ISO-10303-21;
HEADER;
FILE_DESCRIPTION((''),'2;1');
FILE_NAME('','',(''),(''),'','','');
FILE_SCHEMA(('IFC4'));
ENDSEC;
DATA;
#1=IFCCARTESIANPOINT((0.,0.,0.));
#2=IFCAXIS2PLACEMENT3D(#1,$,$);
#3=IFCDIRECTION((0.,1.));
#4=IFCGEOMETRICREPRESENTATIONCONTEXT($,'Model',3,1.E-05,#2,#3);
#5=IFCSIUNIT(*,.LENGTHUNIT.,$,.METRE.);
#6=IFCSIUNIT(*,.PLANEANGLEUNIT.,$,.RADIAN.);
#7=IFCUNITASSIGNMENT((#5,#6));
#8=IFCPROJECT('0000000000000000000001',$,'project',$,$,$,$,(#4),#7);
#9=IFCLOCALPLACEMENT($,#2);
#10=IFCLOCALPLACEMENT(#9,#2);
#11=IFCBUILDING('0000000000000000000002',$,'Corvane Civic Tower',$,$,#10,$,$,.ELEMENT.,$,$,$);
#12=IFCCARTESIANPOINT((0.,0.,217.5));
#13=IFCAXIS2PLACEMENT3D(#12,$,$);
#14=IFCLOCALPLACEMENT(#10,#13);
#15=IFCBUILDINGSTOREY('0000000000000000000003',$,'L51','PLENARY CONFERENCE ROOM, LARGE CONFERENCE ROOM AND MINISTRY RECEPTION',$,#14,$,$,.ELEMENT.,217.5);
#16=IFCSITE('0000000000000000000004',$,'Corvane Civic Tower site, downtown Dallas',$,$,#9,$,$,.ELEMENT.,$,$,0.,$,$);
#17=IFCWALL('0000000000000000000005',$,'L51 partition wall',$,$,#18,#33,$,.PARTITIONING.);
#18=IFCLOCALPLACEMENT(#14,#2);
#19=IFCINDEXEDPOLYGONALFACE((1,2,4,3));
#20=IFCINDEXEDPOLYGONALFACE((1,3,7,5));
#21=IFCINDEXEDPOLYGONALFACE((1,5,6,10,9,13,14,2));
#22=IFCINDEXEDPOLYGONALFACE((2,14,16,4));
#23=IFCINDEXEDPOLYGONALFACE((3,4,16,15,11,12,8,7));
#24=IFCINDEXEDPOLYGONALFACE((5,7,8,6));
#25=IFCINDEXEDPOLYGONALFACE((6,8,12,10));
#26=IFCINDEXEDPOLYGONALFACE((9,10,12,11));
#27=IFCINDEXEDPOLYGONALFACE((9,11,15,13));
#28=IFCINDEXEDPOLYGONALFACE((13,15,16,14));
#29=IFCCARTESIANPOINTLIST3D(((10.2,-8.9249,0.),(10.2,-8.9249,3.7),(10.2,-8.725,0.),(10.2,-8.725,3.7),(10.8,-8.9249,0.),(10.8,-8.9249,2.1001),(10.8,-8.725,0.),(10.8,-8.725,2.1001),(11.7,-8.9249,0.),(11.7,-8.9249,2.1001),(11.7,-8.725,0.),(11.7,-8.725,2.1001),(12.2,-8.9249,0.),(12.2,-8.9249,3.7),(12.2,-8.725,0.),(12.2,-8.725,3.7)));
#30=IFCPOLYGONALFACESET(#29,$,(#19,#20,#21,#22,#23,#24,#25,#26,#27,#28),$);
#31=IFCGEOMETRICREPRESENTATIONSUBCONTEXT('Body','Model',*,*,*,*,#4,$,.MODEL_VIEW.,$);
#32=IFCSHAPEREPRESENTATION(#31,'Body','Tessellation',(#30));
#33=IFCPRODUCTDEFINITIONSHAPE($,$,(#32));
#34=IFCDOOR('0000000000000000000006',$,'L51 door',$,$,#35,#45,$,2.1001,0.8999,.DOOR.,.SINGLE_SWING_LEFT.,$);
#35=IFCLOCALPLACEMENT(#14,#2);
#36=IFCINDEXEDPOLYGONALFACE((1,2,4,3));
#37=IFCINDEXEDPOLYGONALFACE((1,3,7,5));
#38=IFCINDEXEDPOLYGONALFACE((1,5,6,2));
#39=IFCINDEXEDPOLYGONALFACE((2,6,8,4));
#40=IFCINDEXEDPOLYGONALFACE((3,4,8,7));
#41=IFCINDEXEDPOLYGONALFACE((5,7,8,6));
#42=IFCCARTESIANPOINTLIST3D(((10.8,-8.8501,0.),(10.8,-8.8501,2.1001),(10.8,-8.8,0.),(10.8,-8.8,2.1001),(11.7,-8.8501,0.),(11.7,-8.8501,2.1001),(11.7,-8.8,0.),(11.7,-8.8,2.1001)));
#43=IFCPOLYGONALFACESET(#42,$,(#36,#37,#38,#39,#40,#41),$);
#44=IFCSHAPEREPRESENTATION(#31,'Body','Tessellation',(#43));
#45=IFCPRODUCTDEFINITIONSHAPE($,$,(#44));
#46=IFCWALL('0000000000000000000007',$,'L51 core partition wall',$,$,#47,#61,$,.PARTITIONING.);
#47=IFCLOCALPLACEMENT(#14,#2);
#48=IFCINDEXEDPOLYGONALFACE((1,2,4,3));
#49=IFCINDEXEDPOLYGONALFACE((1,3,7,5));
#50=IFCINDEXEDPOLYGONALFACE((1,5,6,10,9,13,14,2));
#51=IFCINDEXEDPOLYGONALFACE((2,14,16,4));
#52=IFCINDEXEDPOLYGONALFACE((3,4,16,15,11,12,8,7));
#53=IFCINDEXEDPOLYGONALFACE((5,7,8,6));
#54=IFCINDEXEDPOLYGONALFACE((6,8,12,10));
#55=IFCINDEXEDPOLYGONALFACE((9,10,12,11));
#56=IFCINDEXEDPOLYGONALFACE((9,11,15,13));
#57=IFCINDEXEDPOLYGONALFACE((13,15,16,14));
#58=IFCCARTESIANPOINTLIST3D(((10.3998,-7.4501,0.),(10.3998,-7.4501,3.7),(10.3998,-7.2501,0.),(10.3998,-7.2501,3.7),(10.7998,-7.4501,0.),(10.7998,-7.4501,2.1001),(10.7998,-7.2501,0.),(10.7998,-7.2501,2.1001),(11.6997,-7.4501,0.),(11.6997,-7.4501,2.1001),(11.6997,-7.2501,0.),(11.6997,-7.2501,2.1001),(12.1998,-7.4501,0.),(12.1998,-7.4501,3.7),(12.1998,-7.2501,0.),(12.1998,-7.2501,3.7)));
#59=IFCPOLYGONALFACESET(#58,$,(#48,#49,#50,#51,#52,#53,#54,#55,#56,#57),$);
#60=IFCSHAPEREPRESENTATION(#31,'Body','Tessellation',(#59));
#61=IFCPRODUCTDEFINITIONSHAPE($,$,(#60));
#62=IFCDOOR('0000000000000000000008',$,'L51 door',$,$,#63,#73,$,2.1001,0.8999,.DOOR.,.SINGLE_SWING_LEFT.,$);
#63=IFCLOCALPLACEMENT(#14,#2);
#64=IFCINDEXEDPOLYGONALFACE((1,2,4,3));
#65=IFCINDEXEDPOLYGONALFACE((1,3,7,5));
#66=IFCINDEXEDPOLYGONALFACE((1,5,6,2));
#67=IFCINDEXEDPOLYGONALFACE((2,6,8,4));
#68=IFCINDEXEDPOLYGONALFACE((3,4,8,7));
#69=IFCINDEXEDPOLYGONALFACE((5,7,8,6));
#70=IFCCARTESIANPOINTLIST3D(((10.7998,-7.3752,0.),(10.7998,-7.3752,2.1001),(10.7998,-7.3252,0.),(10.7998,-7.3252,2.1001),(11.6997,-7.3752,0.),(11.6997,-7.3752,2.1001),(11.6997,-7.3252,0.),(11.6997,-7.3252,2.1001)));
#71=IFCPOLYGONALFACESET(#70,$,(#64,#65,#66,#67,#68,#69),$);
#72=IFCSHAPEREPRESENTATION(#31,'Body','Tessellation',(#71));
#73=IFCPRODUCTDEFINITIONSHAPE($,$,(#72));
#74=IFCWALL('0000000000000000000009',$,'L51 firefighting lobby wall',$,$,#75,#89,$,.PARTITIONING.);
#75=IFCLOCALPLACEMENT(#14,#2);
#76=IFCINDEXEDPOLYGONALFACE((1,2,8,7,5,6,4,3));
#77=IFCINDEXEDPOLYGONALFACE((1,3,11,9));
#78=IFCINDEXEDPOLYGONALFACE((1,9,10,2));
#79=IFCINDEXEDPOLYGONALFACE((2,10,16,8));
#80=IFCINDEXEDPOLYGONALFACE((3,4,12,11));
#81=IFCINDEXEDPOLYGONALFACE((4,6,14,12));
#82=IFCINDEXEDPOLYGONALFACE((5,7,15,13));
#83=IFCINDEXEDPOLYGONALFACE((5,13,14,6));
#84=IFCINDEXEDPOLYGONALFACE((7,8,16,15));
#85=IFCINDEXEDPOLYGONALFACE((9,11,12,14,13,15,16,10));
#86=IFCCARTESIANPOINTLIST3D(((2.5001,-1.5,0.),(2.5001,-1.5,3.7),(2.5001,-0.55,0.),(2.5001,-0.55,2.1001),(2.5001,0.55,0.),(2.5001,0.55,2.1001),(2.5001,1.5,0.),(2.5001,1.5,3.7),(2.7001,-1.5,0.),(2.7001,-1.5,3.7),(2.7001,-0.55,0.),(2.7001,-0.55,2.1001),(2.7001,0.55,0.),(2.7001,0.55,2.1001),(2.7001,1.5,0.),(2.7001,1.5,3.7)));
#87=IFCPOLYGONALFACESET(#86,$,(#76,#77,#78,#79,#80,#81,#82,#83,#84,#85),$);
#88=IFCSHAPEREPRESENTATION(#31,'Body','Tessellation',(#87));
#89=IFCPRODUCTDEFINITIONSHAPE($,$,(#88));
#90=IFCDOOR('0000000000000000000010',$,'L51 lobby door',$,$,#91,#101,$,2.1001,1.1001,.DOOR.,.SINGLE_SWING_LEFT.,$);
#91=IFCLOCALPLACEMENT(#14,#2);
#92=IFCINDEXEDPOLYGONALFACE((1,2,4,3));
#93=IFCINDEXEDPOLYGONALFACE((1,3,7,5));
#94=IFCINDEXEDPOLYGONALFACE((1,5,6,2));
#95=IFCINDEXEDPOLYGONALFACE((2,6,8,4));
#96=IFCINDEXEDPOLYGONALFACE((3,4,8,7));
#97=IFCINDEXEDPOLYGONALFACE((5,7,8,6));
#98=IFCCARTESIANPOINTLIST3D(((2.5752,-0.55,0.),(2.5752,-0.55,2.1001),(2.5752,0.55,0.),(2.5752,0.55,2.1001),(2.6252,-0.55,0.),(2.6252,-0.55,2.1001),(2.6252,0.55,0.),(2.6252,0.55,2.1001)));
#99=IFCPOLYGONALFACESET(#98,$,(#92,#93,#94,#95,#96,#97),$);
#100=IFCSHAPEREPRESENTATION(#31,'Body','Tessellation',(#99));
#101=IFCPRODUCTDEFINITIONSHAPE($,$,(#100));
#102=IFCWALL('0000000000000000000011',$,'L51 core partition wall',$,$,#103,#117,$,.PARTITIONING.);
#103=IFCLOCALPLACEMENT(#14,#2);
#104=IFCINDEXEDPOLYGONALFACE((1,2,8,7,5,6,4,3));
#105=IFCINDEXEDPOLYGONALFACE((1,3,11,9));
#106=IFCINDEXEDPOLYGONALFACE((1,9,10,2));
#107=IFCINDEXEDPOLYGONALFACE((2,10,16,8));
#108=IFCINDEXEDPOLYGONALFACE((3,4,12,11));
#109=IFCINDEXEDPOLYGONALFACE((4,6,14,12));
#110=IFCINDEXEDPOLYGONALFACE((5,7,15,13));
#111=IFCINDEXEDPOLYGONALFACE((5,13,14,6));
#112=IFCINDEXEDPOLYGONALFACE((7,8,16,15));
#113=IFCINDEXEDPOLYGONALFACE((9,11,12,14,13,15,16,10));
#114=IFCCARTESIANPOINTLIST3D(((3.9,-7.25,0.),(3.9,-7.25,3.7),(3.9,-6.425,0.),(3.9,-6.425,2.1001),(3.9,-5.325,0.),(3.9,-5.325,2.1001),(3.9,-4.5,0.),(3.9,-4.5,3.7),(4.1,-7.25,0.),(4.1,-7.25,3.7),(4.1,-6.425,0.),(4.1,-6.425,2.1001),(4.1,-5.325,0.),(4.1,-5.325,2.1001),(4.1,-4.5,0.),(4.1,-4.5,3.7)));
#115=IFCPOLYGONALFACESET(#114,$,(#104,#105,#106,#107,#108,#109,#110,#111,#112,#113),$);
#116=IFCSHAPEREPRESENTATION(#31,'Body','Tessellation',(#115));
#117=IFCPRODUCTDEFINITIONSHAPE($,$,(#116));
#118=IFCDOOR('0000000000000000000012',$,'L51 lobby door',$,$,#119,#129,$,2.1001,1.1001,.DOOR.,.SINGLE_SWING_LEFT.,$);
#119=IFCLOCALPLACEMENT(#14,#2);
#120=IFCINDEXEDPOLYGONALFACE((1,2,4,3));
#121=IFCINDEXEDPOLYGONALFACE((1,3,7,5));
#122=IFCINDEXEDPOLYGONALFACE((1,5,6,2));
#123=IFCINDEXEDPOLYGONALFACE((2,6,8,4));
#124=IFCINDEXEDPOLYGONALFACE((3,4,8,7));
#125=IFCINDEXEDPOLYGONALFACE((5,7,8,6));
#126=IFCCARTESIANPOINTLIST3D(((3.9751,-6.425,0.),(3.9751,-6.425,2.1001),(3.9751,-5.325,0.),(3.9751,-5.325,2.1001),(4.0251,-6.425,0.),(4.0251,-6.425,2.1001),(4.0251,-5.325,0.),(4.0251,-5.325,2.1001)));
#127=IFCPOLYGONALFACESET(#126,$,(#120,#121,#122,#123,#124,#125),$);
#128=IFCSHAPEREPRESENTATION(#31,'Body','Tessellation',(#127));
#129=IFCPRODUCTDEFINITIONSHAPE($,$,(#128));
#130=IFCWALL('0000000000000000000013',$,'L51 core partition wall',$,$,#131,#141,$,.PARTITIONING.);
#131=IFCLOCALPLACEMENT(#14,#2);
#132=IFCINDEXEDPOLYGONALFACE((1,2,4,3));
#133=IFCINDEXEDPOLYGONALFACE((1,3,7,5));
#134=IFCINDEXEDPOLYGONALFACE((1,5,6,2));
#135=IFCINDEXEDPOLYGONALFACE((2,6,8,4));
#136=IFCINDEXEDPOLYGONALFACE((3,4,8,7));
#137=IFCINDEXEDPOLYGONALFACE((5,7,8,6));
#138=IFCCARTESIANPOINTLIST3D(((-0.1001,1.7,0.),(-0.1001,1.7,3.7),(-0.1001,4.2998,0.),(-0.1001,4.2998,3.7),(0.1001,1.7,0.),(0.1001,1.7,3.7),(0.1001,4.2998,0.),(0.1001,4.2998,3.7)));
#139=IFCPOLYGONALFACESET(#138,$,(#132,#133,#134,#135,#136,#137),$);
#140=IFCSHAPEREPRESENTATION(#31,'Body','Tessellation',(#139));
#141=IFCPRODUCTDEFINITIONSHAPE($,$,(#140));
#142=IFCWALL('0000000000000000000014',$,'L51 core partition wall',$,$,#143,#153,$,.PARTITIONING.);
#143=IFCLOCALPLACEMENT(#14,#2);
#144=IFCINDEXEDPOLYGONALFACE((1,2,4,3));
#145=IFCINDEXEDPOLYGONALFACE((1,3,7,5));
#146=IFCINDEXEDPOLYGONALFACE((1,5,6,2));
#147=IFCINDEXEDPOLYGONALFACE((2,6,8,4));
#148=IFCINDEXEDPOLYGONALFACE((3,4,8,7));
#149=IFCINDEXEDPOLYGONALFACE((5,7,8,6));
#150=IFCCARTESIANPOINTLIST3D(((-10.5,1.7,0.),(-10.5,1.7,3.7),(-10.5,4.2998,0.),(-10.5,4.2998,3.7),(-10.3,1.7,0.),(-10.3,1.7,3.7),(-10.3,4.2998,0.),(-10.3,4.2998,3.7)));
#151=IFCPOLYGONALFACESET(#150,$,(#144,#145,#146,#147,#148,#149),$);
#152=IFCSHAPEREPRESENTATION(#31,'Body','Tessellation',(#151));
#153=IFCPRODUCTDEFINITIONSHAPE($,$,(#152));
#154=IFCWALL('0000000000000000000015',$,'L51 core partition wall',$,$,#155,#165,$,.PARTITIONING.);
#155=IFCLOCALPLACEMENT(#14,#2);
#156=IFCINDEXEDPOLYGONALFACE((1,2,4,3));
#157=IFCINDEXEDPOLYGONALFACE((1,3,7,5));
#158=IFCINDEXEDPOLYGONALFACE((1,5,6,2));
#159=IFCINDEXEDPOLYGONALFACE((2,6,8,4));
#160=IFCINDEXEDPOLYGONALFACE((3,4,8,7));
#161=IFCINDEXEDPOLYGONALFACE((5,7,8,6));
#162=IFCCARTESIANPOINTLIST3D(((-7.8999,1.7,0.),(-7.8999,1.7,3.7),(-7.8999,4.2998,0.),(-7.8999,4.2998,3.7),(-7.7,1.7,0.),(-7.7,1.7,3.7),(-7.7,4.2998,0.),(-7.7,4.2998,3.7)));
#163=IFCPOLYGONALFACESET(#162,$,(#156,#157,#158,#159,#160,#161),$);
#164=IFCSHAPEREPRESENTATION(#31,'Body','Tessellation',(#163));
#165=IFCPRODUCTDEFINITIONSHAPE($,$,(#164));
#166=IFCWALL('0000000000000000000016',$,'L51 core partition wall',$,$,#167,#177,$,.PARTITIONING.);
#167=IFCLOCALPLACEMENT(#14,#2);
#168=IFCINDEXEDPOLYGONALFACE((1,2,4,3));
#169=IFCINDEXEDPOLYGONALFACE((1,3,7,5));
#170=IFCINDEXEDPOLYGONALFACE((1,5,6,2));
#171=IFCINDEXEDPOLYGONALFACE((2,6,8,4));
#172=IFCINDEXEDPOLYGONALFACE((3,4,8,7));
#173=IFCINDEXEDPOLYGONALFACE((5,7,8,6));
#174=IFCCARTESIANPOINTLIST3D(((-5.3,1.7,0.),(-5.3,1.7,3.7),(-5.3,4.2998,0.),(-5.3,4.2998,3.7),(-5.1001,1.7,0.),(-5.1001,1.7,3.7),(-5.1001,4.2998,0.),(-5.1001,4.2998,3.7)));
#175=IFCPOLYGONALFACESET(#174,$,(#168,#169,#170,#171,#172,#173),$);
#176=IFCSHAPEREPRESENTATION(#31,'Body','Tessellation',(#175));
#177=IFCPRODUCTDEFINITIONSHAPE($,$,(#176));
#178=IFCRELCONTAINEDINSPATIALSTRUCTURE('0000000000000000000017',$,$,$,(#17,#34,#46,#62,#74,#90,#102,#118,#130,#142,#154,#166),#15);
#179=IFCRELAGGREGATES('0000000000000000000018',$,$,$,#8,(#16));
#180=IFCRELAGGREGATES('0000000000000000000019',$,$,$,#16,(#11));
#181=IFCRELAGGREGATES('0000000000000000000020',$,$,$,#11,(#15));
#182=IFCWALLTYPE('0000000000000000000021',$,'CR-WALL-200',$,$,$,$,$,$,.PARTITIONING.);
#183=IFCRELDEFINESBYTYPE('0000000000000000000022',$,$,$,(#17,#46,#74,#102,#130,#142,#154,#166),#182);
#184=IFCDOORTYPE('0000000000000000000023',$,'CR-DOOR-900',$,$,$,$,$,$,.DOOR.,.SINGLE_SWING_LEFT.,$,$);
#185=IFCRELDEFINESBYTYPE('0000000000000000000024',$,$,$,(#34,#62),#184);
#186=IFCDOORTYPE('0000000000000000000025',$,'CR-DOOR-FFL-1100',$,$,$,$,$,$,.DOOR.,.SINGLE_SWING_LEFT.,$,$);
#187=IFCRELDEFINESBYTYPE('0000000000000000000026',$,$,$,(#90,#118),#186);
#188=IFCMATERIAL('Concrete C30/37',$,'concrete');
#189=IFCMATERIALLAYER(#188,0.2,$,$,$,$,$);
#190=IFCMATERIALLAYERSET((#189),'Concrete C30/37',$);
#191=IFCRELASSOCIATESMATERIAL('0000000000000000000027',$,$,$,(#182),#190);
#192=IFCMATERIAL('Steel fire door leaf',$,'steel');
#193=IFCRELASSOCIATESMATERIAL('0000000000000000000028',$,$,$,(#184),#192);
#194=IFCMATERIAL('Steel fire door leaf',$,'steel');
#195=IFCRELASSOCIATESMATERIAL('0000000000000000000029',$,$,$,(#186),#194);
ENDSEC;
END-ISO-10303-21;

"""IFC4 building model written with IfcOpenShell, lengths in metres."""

from ifc_helpers import new_model, si_unit, direction, frame, frame_2d, origin, place, context, subcontext, project, spatial, polyline, rectangle, outline, extrude, material, layer, layer_set, type_object, element, fill, save


model = new_model("IFC4")

# Units and contexts
model_context = context("Model", 3, precision=1e-05, world=origin(), true_north=direction((0.0, 1.0)))
body_context = subcontext(model_context, "Body", "Model", "MODEL_VIEW")
ifc_project = project(units=[si_unit("LENGTHUNIT", "METRE"), si_unit("PLANEANGLEUNIT", "RADIAN")], contexts=[model_context])

# Site, building, storey
site_placement = place(None, origin())
site = spatial("IfcSite", under=ifc_project, at=site_placement, Name="Corvane Civic Tower site, downtown Dallas", CompositionType="ELEMENT", RefElevation=0.0)
building_placement = place(site_placement, origin())
building = spatial("IfcBuilding", under=site, at=building_placement, Name="Corvane Civic Tower", CompositionType="ELEMENT")
storey_placement = place(building_placement, frame((0.0, 0.0, 217.5)))
storey = spatial("IfcBuildingStorey", under=building, at=storey_placement, Name="L51", Description="PLENARY CONFERENCE ROOM, LARGE CONFERENCE ROOM AND MINISTRY RECEPTION", CompositionType="ELEMENT", Elevation=217.5)

# Walls, openings, doors
ifc_material_1 = material(Name="Concrete C30/37", Category="concrete")
ifc_layer_1 = layer(ifc_material_1, 0.2)
ifc_layer_set_1 = layer_set([ifc_layer_1], Name="Concrete C30/37")
wall_type_1 = type_object("IfcWallType", Name="CR-WALL-200", PredefinedType="PARTITIONING", material=ifc_layer_set_1)
wall_1_placement = place(storey_placement, frame((10.2, -8.825, 0.0), z_axis=(0.0, 0.0, 1.0), x_axis=(1.0, 0.0, 0.0)))
wall_1 = element("IfcWall", 1, at=wall_1_placement, inside=storey, type_object=wall_type_1, Name="L51 partition wall", PredefinedType="PARTITIONING", context=body_context, shape_type="SweptSolid", body=[
    extrude(rectangle(XDim=2.0, YDim=0.2, at=frame_2d((1.0, 0.0))), origin(), (0.0, 0.0, 1.0), 3.7),
])
opening_1_placement = place(wall_1_placement, frame((0.6001, 0.0, 0.0)))
opening_1 = element("IfcOpeningElement", 2, at=opening_1_placement, cuts=wall_1, PredefinedType="OPENING", context=body_context, shape_type="SweptSolid", body=[
    extrude(rectangle(XDim=0.8999, YDim=2.1001, at=frame_2d((0.45, 1.05))), frame((0.0, 0.1099, 0.0), z_axis=(0.0, -1.0, 0.0), x_axis=(1.0, 0.0, 0.0)), (0.0, 0.0, 1.0), 0.22),
])
ifc_material_2 = material(Name="Steel fire door leaf", Category="steel")
door_type_1 = type_object("IfcDoorType", Name="CR-DOOR-900", OperationType="SINGLE_SWING_LEFT", PredefinedType="DOOR", material=ifc_material_2)
door_1_placement = place(opening_1_placement, origin())
door_1 = element("IfcDoor", 3, at=door_1_placement, inside=storey, type_object=door_type_1, Name="L51 door", OperationType="SINGLE_SWING_LEFT", OverallHeight=2.1001, OverallWidth=0.8999, PredefinedType="DOOR", context=body_context, shape_type="SweptSolid", body=[
    extrude(rectangle(XDim=0.8999, YDim=2.1001, at=frame_2d((0.45, 1.05))), frame((0.0, 0.0249, 0.0), z_axis=(0.0, -1.0, 0.0), x_axis=(1.0, 0.0, 0.0)), (0.0, 0.0, 1.0), 0.05),
])
fill(opening_1, door_1)
wall_2_placement = place(storey_placement, frame((10.3999, -7.3501, 0.0), z_axis=(0.0, 0.0, 1.0), x_axis=(1.0, 0.0, 0.0)))
wall_2 = element("IfcWall", 4, at=wall_2_placement, inside=storey, type_object=wall_type_1, Name="L51 core partition wall", PredefinedType="PARTITIONING", context=body_context, shape_type="SweptSolid", body=[
    extrude(rectangle(XDim=1.8, YDim=0.2, at=frame_2d((0.8999, 0.0))), origin(), (0.0, 0.0, 1.0), 3.7),
])
opening_2_placement = place(wall_2_placement, frame((0.3999, 0.0, 0.0)))
opening_2 = element("IfcOpeningElement", 5, at=opening_2_placement, cuts=wall_2, PredefinedType="OPENING", context=body_context, shape_type="SweptSolid", body=[
    extrude(rectangle(XDim=0.8999, YDim=2.1001, at=frame_2d((0.45, 1.05))), frame((0.0, 0.1099, 0.0), z_axis=(0.0, -1.0, 0.0), x_axis=(1.0, 0.0, 0.0)), (0.0, 0.0, 1.0), 0.22),
])
door_2_placement = place(opening_2_placement, origin())
door_2 = element("IfcDoor", 6, at=door_2_placement, inside=storey, type_object=door_type_1, Name="L51 door", OperationType="SINGLE_SWING_LEFT", OverallHeight=2.1001, OverallWidth=0.8999, PredefinedType="DOOR", context=body_context, shape_type="SweptSolid", body=[
    extrude(rectangle(XDim=0.8999, YDim=2.1001, at=frame_2d((0.45, 1.05))), frame((0.0, 0.0249, 0.0), z_axis=(0.0, -1.0, 0.0), x_axis=(1.0, 0.0, 0.0)), (0.0, 0.0, 1.0), 0.05),
])
fill(opening_2, door_2)
wall_3_placement = place(storey_placement, frame((2.6001, -1.5, 0.0), z_axis=(0.0, 0.0, 1.0), x_axis=(0.0, 1.0, 0.0)))
wall_3 = element("IfcWall", 7, at=wall_3_placement, inside=storey, type_object=wall_type_1, Name="L51 firefighting lobby wall", PredefinedType="PARTITIONING", context=body_context, shape_type="SweptSolid", body=[
    extrude(rectangle(XDim=3.0, YDim=0.2, at=frame_2d((1.5, 0.0))), origin(), (0.0, 0.0, 1.0), 3.7),
])
opening_3_placement = place(wall_3_placement, frame((0.95, 0.0, 0.0)))
opening_3 = element("IfcOpeningElement", 8, at=opening_3_placement, cuts=wall_3, PredefinedType="OPENING", context=body_context, shape_type="SweptSolid", body=[
    extrude(rectangle(XDim=1.1001, YDim=2.1001, at=frame_2d((0.55, 1.05))), frame((0.0, 0.1099, 0.0), z_axis=(0.0, -1.0, 0.0), x_axis=(1.0, 0.0, 0.0)), (0.0, 0.0, 1.0), 0.22),
])
ifc_material_3 = material(Name="Steel fire door leaf", Category="steel")
door_type_2 = type_object("IfcDoorType", Name="CR-DOOR-FFL-1100", OperationType="SINGLE_SWING_LEFT", PredefinedType="DOOR", material=ifc_material_3)
door_3_placement = place(opening_3_placement, origin())
door_3 = element("IfcDoor", 9, at=door_3_placement, inside=storey, type_object=door_type_2, Name="L51 lobby door", OperationType="SINGLE_SWING_LEFT", OverallHeight=2.1001, OverallWidth=1.1001, PredefinedType="DOOR", context=body_context, shape_type="SweptSolid", body=[
    extrude(rectangle(XDim=1.1001, YDim=2.1001, at=frame_2d((0.55, 1.05))), frame((0.0, 0.0249, 0.0), z_axis=(0.0, -1.0, 0.0), x_axis=(1.0, 0.0, 0.0)), (0.0, 0.0, 1.0), 0.05),
])
fill(opening_3, door_3)
wall_4_placement = place(storey_placement, frame((4.0, -7.25, 0.0), z_axis=(0.0, 0.0, 1.0), x_axis=(0.0, 1.0, 0.0)))
wall_4 = element("IfcWall", 10, at=wall_4_placement, inside=storey, type_object=wall_type_1, Name="L51 core partition wall", PredefinedType="PARTITIONING", context=body_context, shape_type="SweptSolid", body=[
    extrude(rectangle(XDim=2.75, YDim=0.2, at=frame_2d((1.375, 0.0))), origin(), (0.0, 0.0, 1.0), 3.7),
])
opening_4_placement = place(wall_4_placement, frame((0.825, 0.0, 0.0)))
opening_4 = element("IfcOpeningElement", 11, at=opening_4_placement, cuts=wall_4, PredefinedType="OPENING", context=body_context, shape_type="SweptSolid", body=[
    extrude(rectangle(XDim=1.1001, YDim=2.1001, at=frame_2d((0.55, 1.05))), frame((0.0, 0.1099, 0.0), z_axis=(0.0, -1.0, 0.0), x_axis=(1.0, 0.0, 0.0)), (0.0, 0.0, 1.0), 0.22),
])
door_4_placement = place(opening_4_placement, origin())
door_4 = element("IfcDoor", 12, at=door_4_placement, inside=storey, type_object=door_type_2, Name="L51 lobby door", OperationType="SINGLE_SWING_LEFT", OverallHeight=2.1001, OverallWidth=1.1001, PredefinedType="DOOR", context=body_context, shape_type="SweptSolid", body=[
    extrude(rectangle(XDim=1.1001, YDim=2.1001, at=frame_2d((0.55, 1.05))), frame((0.0, 0.0249, 0.0), z_axis=(0.0, -1.0, 0.0), x_axis=(1.0, 0.0, 0.0)), (0.0, 0.0, 1.0), 0.05),
])
fill(opening_4, door_4)

# Walls
wall_5_placement = place(storey_placement, origin())
element("IfcWall", 13, at=wall_5_placement, inside=storey, type_object=wall_type_1, Name="L51 core partition wall", PredefinedType="PARTITIONING", context=body_context, shape_type="SweptSolid", body=[
    extrude(outline(polyline([(0.1001, 1.7), (-0.1001, 1.7), (-0.1001, 4.2998), (0.1001, 4.2998), (0.1001, 1.7)])), origin(), (0.0, 0.0, 1.0), 3.7),
])
wall_6_placement = place(storey_placement, origin())
element("IfcWall", 14, at=wall_6_placement, inside=storey, type_object=wall_type_1, Name="L51 core partition wall", PredefinedType="PARTITIONING", context=body_context, shape_type="SweptSolid", body=[
    extrude(outline(polyline([(-10.3, 1.7), (-10.5, 1.7), (-10.5, 4.2998), (-10.3, 4.2998), (-10.3, 1.7)])), origin(), (0.0, 0.0, 1.0), 3.7),
])
wall_7_placement = place(storey_placement, origin())
element("IfcWall", 15, at=wall_7_placement, inside=storey, type_object=wall_type_1, Name="L51 core partition wall", PredefinedType="PARTITIONING", context=body_context, shape_type="SweptSolid", body=[
    extrude(outline(polyline([(-7.7, 1.7), (-7.8999, 1.7), (-7.8999, 4.2998), (-7.7, 4.2998), (-7.7, 1.7)])), origin(), (0.0, 0.0, 1.0), 3.7),
])
wall_8_placement = place(storey_placement, origin())
element("IfcWall", 16, at=wall_8_placement, inside=storey, type_object=wall_type_1, Name="L51 core partition wall", PredefinedType="PARTITIONING", context=body_context, shape_type="SweptSolid", body=[
    extrude(outline(polyline([(-5.1001, 1.7), (-5.3, 1.7), (-5.3, 4.2998), (-5.1001, 4.2998), (-5.1001, 1.7)])), origin(), (0.0, 0.0, 1.0), 3.7),
])

save(model, "model.ifc")
